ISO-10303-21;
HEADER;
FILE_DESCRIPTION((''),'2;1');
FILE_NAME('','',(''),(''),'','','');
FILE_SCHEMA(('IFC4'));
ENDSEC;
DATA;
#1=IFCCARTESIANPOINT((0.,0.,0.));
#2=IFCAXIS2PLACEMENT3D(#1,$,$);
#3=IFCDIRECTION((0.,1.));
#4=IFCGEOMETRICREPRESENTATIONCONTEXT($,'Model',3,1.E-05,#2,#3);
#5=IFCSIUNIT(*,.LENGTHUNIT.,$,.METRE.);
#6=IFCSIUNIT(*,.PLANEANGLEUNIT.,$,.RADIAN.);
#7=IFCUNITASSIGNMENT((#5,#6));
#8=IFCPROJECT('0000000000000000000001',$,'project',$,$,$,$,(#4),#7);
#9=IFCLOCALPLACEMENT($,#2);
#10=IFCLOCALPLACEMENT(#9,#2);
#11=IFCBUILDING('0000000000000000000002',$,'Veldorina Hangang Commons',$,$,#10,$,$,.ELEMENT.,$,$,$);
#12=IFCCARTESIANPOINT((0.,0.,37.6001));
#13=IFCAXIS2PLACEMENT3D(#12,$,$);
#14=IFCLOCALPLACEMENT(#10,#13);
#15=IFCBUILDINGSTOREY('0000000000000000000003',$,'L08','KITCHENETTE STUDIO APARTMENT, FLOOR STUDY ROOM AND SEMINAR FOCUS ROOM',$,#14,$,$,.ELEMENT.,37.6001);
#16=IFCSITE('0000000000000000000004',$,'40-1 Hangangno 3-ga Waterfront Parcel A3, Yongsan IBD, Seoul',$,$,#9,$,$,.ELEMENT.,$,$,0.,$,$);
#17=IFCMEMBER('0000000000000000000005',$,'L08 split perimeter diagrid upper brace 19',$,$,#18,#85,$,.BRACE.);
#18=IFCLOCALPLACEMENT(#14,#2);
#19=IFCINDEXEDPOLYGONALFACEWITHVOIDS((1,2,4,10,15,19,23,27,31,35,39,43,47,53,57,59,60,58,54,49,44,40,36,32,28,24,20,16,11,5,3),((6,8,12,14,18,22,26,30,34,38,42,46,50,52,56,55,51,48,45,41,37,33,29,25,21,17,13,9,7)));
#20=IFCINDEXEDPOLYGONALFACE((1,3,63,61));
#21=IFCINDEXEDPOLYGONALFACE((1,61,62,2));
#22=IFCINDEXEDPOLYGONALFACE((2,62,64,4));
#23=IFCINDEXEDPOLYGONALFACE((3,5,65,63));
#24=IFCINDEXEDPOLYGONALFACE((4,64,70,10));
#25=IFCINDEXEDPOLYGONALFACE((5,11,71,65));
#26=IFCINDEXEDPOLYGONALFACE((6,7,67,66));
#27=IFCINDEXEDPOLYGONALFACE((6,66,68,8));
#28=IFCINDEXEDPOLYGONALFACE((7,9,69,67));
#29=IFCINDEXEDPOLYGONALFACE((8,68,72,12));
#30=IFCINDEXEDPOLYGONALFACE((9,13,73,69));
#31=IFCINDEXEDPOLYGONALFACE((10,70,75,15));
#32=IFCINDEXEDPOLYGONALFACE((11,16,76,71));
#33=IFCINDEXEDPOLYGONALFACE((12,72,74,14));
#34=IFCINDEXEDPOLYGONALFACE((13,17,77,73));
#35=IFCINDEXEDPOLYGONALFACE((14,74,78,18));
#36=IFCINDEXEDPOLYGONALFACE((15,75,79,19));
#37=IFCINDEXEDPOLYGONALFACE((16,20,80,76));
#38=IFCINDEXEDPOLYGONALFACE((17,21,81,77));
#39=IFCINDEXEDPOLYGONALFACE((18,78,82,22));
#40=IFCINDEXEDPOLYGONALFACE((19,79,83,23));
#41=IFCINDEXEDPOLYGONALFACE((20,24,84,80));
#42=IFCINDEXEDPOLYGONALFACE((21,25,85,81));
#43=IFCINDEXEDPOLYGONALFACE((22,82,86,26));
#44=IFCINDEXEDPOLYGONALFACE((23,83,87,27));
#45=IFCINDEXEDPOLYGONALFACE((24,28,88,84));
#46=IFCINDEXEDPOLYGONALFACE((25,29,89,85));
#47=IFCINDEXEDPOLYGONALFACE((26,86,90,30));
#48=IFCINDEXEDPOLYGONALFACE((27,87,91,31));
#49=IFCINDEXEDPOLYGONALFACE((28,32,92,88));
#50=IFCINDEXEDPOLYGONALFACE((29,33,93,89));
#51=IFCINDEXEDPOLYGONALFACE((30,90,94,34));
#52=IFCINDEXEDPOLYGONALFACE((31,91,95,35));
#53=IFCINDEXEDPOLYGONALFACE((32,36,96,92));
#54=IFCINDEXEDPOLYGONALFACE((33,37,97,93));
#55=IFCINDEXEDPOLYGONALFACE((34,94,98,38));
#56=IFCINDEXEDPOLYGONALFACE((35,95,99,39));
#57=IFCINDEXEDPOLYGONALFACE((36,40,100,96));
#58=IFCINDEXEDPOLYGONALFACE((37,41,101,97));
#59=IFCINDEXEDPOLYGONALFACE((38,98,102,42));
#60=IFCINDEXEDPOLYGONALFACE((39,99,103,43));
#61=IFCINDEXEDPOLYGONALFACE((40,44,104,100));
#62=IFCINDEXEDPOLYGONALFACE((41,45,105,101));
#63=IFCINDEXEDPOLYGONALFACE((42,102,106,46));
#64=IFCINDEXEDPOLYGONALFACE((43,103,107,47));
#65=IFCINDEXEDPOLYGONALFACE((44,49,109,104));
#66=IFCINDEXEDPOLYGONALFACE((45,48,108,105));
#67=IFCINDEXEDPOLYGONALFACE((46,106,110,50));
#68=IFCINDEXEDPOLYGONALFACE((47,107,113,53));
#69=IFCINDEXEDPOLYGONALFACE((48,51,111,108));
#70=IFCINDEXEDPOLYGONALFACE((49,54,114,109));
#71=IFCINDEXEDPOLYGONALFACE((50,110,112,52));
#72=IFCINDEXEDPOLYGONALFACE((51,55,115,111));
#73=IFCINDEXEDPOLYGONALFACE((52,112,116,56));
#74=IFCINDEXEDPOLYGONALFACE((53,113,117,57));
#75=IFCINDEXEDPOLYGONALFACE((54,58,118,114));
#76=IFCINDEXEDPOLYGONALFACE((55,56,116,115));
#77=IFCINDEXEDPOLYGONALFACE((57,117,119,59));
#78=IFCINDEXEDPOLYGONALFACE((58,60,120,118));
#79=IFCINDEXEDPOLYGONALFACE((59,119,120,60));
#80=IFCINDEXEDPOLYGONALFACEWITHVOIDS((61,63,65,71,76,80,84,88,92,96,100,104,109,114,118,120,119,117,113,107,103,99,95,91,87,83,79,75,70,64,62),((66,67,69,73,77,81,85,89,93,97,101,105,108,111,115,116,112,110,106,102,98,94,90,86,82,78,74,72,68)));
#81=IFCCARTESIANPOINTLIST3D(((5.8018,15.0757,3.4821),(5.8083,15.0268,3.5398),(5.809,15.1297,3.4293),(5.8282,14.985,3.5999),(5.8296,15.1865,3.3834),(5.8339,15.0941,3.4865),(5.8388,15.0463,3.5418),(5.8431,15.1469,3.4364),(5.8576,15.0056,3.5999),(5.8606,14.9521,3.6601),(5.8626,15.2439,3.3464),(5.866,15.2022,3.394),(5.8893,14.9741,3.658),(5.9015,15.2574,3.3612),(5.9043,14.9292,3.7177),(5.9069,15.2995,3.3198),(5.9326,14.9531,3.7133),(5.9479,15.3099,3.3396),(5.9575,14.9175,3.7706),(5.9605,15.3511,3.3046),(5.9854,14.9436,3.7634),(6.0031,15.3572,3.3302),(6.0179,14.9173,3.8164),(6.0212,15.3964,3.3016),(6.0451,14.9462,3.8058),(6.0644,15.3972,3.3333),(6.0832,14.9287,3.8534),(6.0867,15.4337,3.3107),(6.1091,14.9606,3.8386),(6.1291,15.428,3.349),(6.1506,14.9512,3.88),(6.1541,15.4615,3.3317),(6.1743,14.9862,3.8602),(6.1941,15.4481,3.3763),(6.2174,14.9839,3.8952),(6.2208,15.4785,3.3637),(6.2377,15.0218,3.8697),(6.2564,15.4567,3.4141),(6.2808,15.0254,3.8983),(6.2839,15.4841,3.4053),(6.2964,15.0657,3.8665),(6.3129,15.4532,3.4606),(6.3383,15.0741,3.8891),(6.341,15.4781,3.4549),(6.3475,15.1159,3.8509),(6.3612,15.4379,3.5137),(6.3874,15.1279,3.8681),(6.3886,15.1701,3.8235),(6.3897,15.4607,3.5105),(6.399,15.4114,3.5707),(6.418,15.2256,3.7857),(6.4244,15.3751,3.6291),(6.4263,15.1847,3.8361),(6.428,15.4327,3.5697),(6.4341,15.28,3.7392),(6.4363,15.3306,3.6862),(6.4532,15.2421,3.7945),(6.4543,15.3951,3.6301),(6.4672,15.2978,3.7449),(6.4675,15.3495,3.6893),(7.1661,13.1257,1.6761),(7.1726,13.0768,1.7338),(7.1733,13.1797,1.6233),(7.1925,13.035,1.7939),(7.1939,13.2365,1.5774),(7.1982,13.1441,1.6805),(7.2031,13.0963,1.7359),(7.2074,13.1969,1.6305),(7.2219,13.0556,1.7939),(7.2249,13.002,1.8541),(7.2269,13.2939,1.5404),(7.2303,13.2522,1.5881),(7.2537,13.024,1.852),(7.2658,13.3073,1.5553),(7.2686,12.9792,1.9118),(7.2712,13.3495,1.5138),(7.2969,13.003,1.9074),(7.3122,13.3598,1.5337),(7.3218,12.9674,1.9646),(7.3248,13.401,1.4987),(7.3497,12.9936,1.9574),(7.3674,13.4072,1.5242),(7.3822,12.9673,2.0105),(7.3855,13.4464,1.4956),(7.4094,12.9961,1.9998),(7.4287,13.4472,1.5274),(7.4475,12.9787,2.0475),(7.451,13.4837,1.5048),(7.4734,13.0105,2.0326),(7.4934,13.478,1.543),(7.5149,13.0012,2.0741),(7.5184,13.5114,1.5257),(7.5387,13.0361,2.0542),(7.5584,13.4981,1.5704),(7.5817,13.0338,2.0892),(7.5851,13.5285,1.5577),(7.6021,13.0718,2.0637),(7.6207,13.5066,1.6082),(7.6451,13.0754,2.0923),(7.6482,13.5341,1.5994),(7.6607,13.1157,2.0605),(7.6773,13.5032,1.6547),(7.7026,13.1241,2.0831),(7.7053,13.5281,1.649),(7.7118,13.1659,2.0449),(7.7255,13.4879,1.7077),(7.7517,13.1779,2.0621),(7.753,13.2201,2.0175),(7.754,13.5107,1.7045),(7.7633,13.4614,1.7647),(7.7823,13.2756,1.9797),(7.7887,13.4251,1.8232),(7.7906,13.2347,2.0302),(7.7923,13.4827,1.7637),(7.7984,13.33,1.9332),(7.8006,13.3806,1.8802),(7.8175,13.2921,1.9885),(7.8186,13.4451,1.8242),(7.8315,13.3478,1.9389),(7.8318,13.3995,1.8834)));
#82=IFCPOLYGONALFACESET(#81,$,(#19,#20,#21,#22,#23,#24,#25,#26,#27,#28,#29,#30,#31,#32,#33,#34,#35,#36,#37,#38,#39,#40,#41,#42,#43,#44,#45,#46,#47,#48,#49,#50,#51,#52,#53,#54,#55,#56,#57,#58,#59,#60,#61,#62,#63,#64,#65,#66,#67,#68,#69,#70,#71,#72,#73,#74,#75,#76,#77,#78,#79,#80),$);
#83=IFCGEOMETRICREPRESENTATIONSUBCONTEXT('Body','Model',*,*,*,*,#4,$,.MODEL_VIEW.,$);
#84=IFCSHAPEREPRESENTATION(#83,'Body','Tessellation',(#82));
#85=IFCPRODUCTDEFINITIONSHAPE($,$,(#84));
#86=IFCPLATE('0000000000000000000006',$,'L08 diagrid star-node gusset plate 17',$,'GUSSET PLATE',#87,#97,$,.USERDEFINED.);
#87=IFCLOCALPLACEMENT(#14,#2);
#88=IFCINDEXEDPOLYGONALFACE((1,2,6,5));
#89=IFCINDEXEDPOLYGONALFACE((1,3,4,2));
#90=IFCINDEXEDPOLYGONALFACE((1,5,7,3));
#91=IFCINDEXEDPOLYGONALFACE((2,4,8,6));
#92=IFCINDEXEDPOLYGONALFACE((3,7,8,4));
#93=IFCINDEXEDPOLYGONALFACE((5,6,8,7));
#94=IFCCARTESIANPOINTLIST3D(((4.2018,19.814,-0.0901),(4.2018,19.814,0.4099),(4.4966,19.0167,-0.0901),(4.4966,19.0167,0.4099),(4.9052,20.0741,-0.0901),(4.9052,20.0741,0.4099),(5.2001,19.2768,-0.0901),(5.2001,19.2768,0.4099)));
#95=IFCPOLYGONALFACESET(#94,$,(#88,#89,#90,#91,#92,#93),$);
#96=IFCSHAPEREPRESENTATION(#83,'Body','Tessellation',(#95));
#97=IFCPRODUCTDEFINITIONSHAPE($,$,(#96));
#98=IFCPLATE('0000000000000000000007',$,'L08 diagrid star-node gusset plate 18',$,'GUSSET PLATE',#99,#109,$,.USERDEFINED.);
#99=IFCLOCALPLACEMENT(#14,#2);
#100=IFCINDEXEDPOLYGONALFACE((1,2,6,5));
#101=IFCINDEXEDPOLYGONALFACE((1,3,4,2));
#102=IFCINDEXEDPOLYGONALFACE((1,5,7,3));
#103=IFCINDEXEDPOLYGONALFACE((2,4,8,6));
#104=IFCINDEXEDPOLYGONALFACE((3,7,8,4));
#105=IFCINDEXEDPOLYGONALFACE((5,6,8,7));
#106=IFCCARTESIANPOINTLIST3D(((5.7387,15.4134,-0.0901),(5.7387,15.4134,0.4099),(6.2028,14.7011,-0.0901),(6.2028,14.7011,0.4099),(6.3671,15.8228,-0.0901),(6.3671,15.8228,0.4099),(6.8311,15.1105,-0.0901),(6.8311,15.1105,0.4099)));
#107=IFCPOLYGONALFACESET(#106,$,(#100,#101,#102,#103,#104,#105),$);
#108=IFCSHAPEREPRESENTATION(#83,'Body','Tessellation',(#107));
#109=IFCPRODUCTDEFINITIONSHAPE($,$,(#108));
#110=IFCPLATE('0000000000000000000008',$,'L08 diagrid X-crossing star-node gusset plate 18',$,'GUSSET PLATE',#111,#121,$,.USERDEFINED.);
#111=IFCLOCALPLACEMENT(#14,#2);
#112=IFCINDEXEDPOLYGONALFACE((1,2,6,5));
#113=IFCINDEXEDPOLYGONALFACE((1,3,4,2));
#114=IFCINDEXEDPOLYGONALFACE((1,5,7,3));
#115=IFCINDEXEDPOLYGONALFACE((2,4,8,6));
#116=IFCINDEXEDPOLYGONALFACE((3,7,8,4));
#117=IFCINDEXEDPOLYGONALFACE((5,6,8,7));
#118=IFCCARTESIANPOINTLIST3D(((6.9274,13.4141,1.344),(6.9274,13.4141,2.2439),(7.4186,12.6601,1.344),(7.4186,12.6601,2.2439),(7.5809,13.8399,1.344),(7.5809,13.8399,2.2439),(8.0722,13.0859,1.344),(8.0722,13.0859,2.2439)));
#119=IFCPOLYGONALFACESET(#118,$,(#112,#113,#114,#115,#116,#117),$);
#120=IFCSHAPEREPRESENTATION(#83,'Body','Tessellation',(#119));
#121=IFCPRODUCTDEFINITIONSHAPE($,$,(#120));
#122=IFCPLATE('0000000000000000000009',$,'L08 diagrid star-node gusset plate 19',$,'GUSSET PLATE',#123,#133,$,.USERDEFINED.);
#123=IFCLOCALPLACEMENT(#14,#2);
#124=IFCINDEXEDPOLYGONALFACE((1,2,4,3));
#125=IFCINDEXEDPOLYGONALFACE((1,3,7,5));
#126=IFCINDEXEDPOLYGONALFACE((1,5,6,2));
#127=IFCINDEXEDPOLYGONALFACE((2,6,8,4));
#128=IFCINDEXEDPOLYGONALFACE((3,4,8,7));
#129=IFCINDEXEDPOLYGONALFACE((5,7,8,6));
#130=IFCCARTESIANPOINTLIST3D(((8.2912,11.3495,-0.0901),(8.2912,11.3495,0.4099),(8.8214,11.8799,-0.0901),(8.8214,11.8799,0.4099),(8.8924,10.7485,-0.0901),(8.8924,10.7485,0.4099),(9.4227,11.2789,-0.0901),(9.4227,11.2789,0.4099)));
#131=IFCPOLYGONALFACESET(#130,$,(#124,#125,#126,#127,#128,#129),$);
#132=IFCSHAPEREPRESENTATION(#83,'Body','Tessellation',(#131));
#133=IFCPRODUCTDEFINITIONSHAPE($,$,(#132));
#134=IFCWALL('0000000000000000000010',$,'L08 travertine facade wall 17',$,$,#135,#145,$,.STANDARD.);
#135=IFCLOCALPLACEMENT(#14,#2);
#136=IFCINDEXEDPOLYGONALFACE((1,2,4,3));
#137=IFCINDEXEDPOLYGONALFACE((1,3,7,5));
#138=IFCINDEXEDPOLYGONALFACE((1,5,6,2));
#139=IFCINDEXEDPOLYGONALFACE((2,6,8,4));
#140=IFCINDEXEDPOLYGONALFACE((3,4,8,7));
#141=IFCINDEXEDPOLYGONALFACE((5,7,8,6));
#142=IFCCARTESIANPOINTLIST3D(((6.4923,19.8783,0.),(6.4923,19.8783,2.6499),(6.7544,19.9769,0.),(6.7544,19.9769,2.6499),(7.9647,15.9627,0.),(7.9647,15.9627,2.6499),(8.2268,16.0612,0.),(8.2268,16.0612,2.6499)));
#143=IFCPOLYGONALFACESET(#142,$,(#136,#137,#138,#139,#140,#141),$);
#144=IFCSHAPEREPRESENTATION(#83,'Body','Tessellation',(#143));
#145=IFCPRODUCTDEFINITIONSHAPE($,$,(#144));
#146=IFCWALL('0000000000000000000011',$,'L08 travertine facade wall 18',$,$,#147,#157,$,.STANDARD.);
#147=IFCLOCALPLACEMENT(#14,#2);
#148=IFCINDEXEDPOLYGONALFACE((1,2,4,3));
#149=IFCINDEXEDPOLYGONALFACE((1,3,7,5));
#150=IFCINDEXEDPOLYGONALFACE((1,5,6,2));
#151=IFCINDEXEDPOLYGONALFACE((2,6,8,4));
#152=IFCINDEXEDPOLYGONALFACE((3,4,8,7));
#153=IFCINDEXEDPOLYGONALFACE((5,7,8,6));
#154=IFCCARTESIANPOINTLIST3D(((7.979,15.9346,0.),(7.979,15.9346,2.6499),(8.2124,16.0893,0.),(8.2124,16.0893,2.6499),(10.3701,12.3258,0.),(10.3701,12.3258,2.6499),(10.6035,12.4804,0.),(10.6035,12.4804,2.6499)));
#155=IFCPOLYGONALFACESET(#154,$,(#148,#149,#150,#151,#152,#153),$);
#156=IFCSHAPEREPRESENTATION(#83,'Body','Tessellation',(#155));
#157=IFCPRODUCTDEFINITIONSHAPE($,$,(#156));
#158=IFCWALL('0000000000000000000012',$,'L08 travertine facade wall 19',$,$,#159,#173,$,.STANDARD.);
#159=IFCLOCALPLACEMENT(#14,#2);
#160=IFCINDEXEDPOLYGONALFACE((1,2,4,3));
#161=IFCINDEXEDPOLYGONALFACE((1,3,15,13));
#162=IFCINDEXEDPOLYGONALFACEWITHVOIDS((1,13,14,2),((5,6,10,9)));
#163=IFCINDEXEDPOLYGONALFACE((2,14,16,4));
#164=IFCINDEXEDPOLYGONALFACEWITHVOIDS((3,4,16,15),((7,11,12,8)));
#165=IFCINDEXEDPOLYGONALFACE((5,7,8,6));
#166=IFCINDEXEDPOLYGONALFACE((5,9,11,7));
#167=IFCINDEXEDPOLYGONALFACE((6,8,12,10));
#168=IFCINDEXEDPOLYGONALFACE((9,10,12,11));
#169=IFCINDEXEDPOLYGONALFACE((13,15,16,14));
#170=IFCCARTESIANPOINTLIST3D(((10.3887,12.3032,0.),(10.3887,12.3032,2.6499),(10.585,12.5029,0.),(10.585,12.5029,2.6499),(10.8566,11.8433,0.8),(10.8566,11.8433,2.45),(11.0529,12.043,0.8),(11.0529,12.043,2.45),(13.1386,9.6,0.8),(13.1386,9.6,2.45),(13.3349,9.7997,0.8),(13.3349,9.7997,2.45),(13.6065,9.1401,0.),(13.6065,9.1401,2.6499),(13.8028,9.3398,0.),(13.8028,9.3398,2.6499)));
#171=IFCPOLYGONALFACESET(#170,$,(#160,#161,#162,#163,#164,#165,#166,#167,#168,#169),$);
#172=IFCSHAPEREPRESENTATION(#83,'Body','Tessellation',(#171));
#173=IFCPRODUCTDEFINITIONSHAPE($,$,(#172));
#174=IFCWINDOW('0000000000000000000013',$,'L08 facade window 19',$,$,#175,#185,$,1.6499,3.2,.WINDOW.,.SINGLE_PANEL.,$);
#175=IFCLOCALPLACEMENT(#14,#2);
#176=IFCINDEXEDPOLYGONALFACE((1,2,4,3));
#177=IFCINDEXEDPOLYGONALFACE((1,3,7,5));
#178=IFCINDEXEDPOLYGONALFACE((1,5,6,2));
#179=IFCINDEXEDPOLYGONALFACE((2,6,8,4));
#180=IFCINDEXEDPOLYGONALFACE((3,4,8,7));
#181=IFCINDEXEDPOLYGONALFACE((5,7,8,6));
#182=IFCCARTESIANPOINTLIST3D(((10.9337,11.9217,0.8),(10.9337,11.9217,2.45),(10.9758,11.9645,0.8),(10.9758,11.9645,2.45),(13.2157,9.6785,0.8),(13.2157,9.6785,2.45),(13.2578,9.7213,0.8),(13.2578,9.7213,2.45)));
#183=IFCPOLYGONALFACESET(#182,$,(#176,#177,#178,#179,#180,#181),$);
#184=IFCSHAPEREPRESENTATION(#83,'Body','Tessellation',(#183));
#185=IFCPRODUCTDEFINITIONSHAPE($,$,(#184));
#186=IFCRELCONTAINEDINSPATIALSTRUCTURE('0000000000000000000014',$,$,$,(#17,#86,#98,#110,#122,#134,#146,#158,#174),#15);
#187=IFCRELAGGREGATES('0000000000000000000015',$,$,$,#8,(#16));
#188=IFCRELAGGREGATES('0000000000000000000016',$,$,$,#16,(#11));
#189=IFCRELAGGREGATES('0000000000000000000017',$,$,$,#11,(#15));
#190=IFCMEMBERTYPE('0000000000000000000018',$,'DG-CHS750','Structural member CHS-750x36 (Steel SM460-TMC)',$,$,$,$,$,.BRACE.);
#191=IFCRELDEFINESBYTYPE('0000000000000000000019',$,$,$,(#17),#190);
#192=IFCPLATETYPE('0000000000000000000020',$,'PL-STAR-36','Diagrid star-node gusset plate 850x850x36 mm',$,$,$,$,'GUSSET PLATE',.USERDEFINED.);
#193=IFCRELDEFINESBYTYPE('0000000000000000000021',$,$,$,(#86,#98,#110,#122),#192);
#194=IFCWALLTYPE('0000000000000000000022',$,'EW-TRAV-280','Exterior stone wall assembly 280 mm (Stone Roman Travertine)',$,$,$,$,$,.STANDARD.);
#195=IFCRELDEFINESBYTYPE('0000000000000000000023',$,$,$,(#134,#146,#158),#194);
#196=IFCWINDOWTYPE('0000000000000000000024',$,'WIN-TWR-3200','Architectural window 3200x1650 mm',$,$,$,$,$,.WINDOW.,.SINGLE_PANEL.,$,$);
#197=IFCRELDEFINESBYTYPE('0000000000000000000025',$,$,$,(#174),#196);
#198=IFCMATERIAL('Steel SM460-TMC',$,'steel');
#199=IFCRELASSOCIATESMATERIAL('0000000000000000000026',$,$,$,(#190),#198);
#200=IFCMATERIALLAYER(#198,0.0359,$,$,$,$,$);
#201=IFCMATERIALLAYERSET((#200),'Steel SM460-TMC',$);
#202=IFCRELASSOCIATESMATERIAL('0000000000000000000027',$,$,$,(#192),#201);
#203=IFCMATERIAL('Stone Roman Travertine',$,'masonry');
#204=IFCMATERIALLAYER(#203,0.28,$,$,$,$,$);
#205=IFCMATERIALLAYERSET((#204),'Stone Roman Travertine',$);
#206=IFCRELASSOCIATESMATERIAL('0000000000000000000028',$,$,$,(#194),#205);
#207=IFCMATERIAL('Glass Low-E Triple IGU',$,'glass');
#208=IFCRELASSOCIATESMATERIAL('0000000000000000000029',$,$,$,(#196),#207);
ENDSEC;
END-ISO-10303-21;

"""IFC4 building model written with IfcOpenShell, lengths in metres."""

from ifc_helpers import new_model, si_unit, direction, frame, frame_2d, origin, origin_2d, place, context, subcontext, project, spatial, rectangle, hollow_circle, extrude, material, layer, layer_set, material_profile, profile_set, type_object, element, fill, save


model = new_model("IFC4")

# Units and contexts
model_context = context("Model", 3, precision=1e-05, world=origin(), true_north=direction((0.0, 1.0)))
body_context = subcontext(model_context, "Body", "Model", "MODEL_VIEW")
ifc_project = project(units=[si_unit("LENGTHUNIT", "METRE"), si_unit("PLANEANGLEUNIT", "RADIAN")], contexts=[model_context])

# Site, building, storey
site_placement = place(None, origin())
site = spatial("IfcSite", under=ifc_project, at=site_placement, Name="40-1 Hangangno 3-ga Waterfront Parcel A3, Yongsan IBD, Seoul", CompositionType="ELEMENT", RefElevation=0.0)
building_placement = place(site_placement, origin())
building = spatial("IfcBuilding", under=site, at=building_placement, Name="Veldorina Hangang Commons", CompositionType="ELEMENT")
storey_placement = place(building_placement, frame((0.0, 0.0, 37.6001)))
storey = spatial("IfcBuildingStorey", under=building, at=storey_placement, Name="L08", Description="KITCHENETTE STUDIO APARTMENT, FLOOR STUDY ROOM AND SEMINAR FOCUS ROOM", CompositionType="ELEMENT", Elevation=37.6001)

# Shared definitions
ifc_material_1 = material(Name="Steel SM460-TMC", Category="steel")

# Member
ifc_material_profile_1 = material_profile(ifc_material_1, hollow_circle(Radius=0.375, WallThickness=0.0359, at=origin_2d()), Name="CHS-750x36")
ifc_profile_set_1 = profile_set([ifc_material_profile_1], Name="Steel SM460-TMC")
member_type = type_object("IfcMemberType", Name="DG-CHS750", Description="Structural member CHS-750x36 (Steel SM460-TMC)", PredefinedType="BRACE", material=ifc_profile_set_1)
member_1_placement = place(storey_placement, frame((7.4998, 13.25, 1.7939), z_axis=(-0.456664, 0.652716, 0.6045), x_axis=(-0.819372, -0.573263, 0.0)))
element("IfcMember", 1, at=member_1_placement, inside=storey, type_object=member_type, Name="L08 split perimeter diagrid upper brace 19", PredefinedType="BRACE", context=body_context, shape_type="SweptSolid", body=[
    extrude(hollow_circle(Radius=0.375, WallThickness=0.0359, at=origin_2d()), origin(), (0.0, 0.0, 1.0), 2.9875),
])

# Plates
ifc_layer_1 = layer(ifc_material_1, 0.0359)
ifc_layer_set_1 = layer_set([ifc_layer_1], Name="Steel SM460-TMC")
plate_type = type_object("IfcPlateType", Name="PL-STAR-36", Description="Diagrid star-node gusset plate 850x850x36 mm", ElementType="GUSSET PLATE", PredefinedType="USERDEFINED", material=ifc_layer_set_1)
for number, where, z_axis, x_axis, name in (
    (2, (4.7009, 19.5454, -0.0901), (0.0, 0.0, 1.0), (0.346821, -0.937931, 0.0), "L08 diagrid star-node gusset plate 17"),
    (3, (6.2849, 15.262, -0.0901), (0.0, 0.0, 1.0), (0.545897, -0.837852, 0.0), "L08 diagrid star-node gusset plate 18"),
):
    element("IfcPlate", number, at=place(storey_placement, frame(where, z_axis=z_axis, x_axis=x_axis)), inside=storey, type_object=plate_type, Name=name, ObjectType="GUSSET PLATE", PredefinedType="USERDEFINED", context=body_context, shape_type="SweptSolid", body=[
        extrude(rectangle(XDim=0.8501, YDim=0.75, at=origin_2d()), origin(), (0.0, 0.0, 1.0), 0.5),
    ])
plate_1_placement = place(storey_placement, frame((7.4998, 13.25, 1.344), z_axis=(0.0, 0.0, 1.0), x_axis=(0.545897, -0.837852, 0.0)))
element("IfcPlate", 4, at=plate_1_placement, inside=storey, type_object=plate_type, Name="L08 diagrid X-crossing star-node gusset plate 18", ObjectType="GUSSET PLATE", PredefinedType="USERDEFINED", context=body_context, shape_type="SweptSolid", body=[
    extrude(rectangle(XDim=0.8999, YDim=0.78, at=origin_2d()), origin(), (0.0, 0.0, 1.0), 0.8999),
])
plate_2_placement = place(storey_placement, frame((8.8569, 11.3142, -0.0901), z_axis=(0.0, 0.0, 1.0), x_axis=(0.707255, -0.706959, 0.0)))
element("IfcPlate", 5, at=plate_2_placement, inside=storey, type_object=plate_type, Name="L08 diagrid star-node gusset plate 19", ObjectType="GUSSET PLATE", PredefinedType="USERDEFINED", context=body_context, shape_type="SweptSolid", body=[
    extrude(rectangle(XDim=0.8501, YDim=0.75, at=origin_2d()), origin(), (0.0, 0.0, 1.0), 0.5),
])

# Walls
ifc_material_2 = material(Name="Stone Roman Travertine", Category="masonry")
ifc_layer_2 = layer(ifc_material_2, 0.28)
ifc_layer_set_2 = layer_set([ifc_layer_2], Name="Stone Roman Travertine")
wall_type_1 = type_object("IfcWallType", Name="EW-TRAV-280", Description="Exterior stone wall assembly 280 mm (Stone Roman Travertine)", PredefinedType="STANDARD", material=ifc_layer_set_2)
wall_1_placement = place(storey_placement, frame((6.6233, 19.9277, 0.0), z_axis=(0.0, 0.0, 1.0), x_axis=(0.351961, -0.936015, 0.0)))
element("IfcWall", 6, at=wall_1_placement, inside=storey, type_object=wall_type_1, Name="L08 travertine facade wall 17", PredefinedType="STANDARD", context=body_context, shape_type="SweptSolid", body=[
    extrude(rectangle(XDim=4.1833, YDim=0.28, at=frame_2d((2.0918, 0.0))), origin(), (0.0, 0.0, 1.0), 2.6499),
])
wall_2_placement = place(storey_placement, frame((8.0957, 16.012, 0.0), z_axis=(0.0, 0.0, 1.0), x_axis=(0.552329, -0.833626, 0.0)))
element("IfcWall", 7, at=wall_2_placement, inside=storey, type_object=wall_type_1, Name="L08 travertine facade wall 18", PredefinedType="STANDARD", context=body_context, shape_type="SweptSolid", body=[
    extrude(rectangle(XDim=4.3291, YDim=0.28, at=frame_2d((2.1646, 0.0))), origin(), (0.0, 0.0, 1.0), 2.6499),
])

# Wall, opening, window
wall_3_placement = place(storey_placement, frame((10.4868, 12.4031, 0.0), z_axis=(0.0, 0.0, 1.0), x_axis=(0.713141, -0.701021, 0.0)))
wall_3 = element("IfcWall", 8, at=wall_3_placement, inside=storey, type_object=wall_type_1, Name="L08 travertine facade wall 19", PredefinedType="STANDARD", context=body_context, shape_type="SweptSolid", body=[
    extrude(rectangle(XDim=4.5122, YDim=0.28, at=frame_2d((2.2561, 0.0))), origin(), (0.0, 0.0, 1.0), 2.6499),
])
opening_1_placement = place(wall_3_placement, frame((0.656, 0.0, 0.8)))
opening_1 = element("IfcOpeningElement", 9, at=opening_1_placement, cuts=wall_3, PredefinedType="OPENING", context=body_context, shape_type="SweptSolid", body=[
    extrude(rectangle(XDim=3.2, YDim=1.6499, at=frame_2d((1.6001, 0.825))), frame((0.0, 0.1499, 0.0), z_axis=(0.0, -1.0, 0.0), x_axis=(1.0, 0.0, 0.0)), (0.0, 0.0, 1.0), 0.3),
])
ifc_material_3 = material(Name="Glass Low-E Triple IGU", Category="glass")
window_type = type_object("IfcWindowType", Name="WIN-TWR-3200", Description="Architectural window 3200x1650 mm", PartitioningType="SINGLE_PANEL", PredefinedType="WINDOW", material=ifc_material_3)
window_placement = place(opening_1_placement, origin())
window = element("IfcWindow", 10, at=window_placement, inside=storey, type_object=window_type, Name="L08 facade window 19", OverallHeight=1.6499, OverallWidth=3.2, PartitioningType="SINGLE_PANEL", PredefinedType="WINDOW", context=body_context, shape_type="SweptSolid", body=[
    extrude(rectangle(XDim=3.2, YDim=1.6499, at=frame_2d((1.6001, 0.825))), frame((0.0, 0.03, 0.0), z_axis=(0.0, -1.0, 0.0), x_axis=(1.0, 0.0, 0.0)), (0.0, 0.0, 1.0), 0.0601),
])
fill(opening_1, window)

save(model, "model.ifc")
